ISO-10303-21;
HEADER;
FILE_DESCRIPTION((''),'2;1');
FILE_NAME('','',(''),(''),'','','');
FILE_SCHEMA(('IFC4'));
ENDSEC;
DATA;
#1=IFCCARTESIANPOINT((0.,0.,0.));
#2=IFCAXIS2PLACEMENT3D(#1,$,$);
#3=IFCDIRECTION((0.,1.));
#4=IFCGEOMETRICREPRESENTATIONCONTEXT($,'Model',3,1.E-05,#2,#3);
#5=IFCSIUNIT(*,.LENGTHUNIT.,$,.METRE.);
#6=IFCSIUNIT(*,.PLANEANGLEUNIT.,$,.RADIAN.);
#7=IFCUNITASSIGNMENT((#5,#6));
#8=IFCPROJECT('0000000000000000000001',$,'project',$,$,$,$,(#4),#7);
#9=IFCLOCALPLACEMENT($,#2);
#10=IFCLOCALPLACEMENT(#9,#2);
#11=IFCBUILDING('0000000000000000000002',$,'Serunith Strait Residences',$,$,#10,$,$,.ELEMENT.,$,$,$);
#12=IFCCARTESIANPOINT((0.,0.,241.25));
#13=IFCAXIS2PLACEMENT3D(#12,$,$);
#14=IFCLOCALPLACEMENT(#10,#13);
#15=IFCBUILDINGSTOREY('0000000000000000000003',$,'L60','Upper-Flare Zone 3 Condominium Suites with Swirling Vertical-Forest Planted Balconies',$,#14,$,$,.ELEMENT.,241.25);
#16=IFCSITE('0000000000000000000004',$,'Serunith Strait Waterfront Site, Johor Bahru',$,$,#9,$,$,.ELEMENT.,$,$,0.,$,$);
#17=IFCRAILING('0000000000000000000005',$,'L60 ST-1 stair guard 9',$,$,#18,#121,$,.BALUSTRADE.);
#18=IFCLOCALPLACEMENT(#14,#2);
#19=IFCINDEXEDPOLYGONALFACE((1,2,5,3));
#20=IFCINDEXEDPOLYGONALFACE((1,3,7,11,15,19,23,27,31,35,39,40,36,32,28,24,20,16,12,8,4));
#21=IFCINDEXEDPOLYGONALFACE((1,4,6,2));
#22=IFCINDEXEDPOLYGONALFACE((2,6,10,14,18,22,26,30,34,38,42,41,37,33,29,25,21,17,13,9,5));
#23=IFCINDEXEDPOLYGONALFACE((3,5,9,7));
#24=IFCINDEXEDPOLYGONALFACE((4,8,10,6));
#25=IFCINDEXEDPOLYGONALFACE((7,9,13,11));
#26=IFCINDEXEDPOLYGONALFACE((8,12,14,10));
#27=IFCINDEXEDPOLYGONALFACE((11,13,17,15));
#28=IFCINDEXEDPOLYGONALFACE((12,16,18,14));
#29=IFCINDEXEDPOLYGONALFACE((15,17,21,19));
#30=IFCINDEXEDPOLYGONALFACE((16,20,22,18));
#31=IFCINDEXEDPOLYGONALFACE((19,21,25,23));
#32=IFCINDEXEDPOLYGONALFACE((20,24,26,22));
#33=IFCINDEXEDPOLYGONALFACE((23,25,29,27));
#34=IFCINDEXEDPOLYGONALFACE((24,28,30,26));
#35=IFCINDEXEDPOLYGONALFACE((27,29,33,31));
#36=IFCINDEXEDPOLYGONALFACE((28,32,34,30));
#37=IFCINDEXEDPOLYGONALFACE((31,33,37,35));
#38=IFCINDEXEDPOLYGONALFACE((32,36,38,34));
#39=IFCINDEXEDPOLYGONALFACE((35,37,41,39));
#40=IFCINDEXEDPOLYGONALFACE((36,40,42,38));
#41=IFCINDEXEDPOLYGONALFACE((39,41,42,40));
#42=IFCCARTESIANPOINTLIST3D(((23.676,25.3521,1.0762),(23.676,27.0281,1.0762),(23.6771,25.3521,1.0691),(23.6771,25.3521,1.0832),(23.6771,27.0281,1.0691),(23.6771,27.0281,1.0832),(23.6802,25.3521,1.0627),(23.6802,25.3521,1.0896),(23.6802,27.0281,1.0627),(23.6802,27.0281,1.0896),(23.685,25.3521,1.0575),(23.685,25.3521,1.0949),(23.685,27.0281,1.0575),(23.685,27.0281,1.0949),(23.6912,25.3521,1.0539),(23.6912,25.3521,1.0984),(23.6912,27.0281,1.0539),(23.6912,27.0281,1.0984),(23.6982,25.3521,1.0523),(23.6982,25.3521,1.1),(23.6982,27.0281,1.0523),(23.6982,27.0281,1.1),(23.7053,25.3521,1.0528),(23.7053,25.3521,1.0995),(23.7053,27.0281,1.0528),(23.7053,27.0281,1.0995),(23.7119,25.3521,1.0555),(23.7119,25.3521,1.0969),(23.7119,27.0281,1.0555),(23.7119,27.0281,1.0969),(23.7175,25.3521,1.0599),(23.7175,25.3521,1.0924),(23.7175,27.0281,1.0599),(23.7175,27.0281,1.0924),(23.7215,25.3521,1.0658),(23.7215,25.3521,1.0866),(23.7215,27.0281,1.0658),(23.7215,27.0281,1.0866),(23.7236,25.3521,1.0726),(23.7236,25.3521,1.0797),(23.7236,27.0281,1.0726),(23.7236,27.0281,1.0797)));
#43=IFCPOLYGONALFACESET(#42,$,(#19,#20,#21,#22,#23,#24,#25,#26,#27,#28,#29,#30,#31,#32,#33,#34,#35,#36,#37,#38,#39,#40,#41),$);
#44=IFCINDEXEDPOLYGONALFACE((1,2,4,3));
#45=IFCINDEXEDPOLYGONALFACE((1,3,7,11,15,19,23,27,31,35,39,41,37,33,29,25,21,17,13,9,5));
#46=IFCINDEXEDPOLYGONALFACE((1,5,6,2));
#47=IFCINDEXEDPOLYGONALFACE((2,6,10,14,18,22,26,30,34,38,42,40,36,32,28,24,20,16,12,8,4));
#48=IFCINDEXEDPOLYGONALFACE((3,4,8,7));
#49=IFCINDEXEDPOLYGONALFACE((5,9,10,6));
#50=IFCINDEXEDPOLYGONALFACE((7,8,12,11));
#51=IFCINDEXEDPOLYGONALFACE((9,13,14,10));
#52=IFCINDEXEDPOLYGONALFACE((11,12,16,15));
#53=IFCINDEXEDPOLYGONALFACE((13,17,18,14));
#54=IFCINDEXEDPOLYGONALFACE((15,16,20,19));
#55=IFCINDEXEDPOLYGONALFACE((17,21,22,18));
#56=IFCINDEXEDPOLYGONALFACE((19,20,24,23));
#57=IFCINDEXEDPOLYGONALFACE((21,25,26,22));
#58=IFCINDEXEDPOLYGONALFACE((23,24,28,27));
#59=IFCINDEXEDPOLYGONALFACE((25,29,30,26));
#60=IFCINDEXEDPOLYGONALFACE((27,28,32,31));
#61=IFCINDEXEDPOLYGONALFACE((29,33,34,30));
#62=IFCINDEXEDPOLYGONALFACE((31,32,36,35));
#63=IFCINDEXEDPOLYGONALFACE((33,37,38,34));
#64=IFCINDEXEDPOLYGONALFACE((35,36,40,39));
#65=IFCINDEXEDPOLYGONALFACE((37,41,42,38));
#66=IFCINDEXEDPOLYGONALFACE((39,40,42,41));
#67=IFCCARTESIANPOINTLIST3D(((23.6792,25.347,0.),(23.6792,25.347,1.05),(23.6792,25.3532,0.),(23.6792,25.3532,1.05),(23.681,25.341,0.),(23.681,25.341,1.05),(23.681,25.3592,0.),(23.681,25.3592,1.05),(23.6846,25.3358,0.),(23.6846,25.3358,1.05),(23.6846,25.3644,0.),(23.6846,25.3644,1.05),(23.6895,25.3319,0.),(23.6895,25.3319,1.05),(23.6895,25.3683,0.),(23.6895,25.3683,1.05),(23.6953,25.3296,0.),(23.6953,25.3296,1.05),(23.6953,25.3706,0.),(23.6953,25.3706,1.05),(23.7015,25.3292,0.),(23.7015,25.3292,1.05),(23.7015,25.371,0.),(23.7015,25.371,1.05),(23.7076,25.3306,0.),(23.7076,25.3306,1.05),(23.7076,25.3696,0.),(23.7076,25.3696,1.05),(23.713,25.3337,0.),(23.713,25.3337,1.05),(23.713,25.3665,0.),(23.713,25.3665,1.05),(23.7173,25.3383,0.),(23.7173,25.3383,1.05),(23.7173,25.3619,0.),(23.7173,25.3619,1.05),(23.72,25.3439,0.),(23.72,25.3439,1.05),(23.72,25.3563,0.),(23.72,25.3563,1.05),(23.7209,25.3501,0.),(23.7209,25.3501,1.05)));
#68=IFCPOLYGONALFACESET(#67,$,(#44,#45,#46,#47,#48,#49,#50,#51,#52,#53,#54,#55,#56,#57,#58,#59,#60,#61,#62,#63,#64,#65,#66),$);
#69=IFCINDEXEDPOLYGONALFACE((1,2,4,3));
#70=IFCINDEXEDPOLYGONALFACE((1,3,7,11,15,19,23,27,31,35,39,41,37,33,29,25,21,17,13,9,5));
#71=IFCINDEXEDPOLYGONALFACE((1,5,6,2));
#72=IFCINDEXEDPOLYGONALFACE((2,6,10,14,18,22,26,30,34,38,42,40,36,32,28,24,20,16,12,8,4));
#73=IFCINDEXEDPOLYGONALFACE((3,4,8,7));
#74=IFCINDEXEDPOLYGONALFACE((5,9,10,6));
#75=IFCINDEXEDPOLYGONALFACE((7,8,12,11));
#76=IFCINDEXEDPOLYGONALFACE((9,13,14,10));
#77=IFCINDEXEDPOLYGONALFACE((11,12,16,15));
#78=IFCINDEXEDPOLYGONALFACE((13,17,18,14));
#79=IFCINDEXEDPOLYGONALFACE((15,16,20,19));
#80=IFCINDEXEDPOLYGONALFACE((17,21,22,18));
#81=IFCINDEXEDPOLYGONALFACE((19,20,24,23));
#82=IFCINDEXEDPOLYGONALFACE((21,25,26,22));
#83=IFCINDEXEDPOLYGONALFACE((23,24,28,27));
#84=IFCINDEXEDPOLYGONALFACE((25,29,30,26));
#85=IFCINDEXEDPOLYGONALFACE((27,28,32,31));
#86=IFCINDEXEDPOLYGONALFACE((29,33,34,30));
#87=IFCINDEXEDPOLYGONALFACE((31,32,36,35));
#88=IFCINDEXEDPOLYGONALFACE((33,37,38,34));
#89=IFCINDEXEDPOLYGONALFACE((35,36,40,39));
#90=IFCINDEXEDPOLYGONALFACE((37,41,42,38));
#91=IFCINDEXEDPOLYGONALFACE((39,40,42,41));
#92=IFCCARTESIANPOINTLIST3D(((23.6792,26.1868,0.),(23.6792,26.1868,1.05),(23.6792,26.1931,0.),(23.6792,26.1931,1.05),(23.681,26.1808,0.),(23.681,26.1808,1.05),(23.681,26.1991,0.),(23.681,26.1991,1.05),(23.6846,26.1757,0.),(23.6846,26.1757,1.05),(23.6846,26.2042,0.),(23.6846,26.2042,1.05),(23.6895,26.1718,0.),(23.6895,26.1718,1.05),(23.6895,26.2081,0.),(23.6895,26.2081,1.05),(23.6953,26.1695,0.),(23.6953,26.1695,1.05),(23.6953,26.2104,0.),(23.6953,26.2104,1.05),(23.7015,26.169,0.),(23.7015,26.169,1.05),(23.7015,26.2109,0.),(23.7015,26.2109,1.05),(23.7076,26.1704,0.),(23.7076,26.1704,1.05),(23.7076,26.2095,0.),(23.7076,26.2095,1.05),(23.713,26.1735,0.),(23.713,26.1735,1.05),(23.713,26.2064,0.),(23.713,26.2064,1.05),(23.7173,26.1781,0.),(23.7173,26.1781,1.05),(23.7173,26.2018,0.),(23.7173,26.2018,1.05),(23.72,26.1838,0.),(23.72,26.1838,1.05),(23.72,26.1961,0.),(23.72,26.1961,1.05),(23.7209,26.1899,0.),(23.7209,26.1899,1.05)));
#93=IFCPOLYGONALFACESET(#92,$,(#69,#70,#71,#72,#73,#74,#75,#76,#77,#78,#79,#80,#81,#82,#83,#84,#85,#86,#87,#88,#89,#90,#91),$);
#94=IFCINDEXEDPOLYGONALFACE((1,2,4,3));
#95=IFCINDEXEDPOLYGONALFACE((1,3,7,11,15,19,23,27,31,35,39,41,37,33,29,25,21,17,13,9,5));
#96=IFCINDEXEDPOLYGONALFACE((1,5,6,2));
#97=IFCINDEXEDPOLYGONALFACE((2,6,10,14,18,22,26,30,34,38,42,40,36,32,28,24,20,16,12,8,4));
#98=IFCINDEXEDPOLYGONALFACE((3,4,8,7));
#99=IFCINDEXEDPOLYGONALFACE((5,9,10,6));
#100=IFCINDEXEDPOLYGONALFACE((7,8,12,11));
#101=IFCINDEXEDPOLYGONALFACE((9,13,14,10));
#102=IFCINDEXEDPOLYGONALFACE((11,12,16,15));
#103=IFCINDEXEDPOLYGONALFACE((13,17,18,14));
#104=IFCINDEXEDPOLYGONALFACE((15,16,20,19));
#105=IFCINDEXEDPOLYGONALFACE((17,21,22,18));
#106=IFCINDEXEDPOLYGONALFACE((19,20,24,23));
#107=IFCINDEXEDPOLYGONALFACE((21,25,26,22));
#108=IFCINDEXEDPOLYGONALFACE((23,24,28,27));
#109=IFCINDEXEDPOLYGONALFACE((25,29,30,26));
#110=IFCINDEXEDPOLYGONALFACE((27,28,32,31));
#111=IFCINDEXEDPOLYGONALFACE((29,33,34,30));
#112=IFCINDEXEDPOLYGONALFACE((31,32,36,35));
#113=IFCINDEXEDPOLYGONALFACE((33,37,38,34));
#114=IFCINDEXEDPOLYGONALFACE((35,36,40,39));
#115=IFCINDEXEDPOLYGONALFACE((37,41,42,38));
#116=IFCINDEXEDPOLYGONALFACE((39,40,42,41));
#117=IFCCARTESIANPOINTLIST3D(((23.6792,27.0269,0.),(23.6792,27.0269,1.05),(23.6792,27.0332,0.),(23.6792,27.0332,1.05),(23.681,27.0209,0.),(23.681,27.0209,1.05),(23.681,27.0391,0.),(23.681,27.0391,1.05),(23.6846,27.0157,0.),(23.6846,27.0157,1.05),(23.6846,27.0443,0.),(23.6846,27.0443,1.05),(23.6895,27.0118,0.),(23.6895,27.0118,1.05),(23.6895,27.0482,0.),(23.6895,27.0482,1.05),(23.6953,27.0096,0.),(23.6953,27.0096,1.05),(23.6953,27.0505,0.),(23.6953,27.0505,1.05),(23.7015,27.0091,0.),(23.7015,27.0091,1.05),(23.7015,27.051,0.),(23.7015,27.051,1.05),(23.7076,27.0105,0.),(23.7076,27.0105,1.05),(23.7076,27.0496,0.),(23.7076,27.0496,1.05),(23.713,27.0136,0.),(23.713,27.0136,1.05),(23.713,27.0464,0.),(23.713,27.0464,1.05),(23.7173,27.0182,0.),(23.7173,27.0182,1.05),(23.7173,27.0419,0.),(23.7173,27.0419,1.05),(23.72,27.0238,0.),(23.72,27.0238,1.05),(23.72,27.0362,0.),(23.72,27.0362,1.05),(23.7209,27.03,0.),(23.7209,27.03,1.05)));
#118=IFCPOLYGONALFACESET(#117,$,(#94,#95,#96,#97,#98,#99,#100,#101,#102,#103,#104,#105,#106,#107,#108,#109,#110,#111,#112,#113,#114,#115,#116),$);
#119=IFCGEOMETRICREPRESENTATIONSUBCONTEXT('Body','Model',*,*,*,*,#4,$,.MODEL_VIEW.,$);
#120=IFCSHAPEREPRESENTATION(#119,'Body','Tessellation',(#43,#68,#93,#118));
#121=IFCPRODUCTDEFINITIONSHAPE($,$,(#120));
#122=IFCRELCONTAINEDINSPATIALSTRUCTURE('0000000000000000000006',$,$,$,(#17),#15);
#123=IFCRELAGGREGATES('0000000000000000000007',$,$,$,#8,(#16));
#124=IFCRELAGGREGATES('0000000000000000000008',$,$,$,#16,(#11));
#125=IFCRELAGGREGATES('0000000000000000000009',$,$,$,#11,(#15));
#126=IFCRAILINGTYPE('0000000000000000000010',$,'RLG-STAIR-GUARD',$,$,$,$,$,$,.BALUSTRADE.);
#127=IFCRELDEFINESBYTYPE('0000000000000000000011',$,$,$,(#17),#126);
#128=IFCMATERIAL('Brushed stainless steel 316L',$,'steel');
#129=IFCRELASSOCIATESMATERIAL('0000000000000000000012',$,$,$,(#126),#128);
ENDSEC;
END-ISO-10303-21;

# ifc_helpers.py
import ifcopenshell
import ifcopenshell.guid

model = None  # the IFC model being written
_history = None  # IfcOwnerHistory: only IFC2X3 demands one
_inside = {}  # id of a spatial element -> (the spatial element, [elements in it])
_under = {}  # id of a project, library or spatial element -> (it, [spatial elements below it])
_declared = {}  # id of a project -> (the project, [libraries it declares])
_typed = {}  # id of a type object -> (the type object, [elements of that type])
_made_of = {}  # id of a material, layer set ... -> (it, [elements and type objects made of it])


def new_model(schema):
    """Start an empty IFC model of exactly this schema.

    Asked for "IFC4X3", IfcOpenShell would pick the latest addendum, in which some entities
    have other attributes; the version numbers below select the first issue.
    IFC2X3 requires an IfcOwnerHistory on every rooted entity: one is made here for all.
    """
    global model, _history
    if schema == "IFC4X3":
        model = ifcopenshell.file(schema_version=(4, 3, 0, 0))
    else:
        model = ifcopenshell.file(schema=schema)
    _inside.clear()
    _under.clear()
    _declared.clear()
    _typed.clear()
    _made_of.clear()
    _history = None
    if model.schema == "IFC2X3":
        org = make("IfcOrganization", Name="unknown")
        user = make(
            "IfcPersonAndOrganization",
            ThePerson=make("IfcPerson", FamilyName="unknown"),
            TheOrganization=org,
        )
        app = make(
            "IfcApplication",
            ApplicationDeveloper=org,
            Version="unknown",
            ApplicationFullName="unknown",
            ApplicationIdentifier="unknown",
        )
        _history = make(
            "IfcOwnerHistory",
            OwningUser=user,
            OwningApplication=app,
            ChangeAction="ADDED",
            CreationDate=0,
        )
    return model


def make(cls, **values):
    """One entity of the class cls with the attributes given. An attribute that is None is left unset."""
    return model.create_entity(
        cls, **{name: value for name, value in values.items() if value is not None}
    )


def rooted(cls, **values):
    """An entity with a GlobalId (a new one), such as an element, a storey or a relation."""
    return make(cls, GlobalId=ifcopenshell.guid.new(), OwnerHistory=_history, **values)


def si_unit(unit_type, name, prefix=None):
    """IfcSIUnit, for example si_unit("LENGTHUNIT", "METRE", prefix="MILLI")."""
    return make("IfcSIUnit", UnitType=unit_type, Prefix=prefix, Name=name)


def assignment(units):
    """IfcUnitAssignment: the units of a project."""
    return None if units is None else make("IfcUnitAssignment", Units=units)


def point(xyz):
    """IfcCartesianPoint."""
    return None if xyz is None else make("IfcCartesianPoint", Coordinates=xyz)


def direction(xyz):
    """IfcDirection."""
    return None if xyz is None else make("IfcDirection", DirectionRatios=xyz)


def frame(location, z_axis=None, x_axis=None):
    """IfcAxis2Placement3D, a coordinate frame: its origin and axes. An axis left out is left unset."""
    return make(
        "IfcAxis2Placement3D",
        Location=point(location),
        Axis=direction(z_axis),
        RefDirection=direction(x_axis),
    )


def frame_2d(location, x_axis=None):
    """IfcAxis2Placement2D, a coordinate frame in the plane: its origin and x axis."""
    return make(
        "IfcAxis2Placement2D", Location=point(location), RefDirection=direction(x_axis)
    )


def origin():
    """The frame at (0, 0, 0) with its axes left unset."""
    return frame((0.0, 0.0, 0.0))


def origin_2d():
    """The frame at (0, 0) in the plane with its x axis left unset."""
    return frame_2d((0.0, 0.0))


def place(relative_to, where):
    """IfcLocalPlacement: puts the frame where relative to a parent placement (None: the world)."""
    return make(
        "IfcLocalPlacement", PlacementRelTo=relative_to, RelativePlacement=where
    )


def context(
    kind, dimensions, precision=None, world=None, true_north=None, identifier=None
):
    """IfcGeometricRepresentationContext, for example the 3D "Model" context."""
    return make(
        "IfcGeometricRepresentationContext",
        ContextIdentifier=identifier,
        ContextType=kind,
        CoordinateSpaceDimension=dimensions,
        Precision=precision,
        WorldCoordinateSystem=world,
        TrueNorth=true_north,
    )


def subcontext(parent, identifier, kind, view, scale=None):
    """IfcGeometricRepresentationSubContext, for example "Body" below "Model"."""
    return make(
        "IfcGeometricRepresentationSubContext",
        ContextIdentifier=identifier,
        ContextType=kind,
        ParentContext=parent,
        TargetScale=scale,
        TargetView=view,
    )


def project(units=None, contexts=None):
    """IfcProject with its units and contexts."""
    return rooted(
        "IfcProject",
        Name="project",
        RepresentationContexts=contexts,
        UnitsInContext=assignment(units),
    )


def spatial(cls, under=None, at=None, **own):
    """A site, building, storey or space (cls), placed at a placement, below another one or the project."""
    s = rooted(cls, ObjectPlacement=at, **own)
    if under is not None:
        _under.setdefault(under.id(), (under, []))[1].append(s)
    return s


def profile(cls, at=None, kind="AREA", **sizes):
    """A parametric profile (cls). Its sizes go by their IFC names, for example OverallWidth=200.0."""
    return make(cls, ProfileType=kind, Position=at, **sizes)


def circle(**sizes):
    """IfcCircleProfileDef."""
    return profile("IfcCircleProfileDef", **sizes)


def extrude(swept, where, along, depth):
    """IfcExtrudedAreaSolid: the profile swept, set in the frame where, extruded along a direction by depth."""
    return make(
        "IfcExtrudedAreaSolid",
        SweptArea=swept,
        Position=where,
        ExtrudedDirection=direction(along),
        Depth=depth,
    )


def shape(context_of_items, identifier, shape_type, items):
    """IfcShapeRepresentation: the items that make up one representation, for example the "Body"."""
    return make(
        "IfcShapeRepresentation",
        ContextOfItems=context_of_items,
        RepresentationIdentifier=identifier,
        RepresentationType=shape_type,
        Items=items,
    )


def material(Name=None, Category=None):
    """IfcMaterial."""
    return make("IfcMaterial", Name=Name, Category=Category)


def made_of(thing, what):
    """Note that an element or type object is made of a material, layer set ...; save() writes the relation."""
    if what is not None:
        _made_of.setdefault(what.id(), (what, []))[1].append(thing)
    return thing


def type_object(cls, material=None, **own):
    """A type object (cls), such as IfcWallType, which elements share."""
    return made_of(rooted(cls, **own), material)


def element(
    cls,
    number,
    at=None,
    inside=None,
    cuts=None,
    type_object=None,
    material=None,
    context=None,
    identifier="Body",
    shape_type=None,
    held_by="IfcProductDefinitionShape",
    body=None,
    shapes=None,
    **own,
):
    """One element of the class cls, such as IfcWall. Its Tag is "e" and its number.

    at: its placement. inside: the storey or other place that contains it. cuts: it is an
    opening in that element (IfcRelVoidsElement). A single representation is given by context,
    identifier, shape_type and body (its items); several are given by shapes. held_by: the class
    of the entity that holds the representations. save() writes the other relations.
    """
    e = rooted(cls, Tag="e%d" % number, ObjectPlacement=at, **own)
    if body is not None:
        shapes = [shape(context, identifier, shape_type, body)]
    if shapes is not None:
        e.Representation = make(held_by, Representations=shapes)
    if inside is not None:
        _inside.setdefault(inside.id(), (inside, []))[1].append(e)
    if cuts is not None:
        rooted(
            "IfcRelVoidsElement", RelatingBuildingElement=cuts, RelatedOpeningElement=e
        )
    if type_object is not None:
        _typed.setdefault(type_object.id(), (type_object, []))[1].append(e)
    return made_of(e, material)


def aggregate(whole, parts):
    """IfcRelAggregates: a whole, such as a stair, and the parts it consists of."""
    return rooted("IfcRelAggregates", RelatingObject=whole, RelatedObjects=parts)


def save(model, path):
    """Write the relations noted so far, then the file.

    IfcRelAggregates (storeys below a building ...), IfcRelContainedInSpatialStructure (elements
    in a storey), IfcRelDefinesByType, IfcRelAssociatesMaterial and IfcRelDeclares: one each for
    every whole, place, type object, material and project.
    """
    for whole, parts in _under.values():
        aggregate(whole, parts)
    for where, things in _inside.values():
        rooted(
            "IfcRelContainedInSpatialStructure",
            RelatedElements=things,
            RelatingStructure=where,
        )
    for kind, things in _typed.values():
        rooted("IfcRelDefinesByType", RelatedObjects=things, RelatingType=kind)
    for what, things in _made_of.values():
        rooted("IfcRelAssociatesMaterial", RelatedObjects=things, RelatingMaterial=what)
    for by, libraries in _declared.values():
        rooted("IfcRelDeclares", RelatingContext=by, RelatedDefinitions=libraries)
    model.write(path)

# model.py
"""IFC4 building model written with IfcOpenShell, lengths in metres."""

from ifc_helpers import new_model, si_unit, direction, frame, origin, origin_2d, place, context, subcontext, project, spatial, circle, extrude, material, type_object, element, save


model = new_model("IFC4")

# Units and contexts
model_context = context("Model", 3, precision=1e-05, world=origin(), true_north=direction((0.0, 1.0)))
body_context = subcontext(model_context, "Body", "Model", "MODEL_VIEW")
ifc_project = project(units=[si_unit("LENGTHUNIT", "METRE"), si_unit("PLANEANGLEUNIT", "RADIAN")], contexts=[model_context])

# Site, building, storey
site_placement = place(None, origin())
site = spatial("IfcSite", under=ifc_project, at=site_placement, Name="Serunith Strait Waterfront Site, Johor Bahru", CompositionType="ELEMENT", RefElevation=0.0)
building_placement = place(site_placement, origin())
building = spatial("IfcBuilding", under=site, at=building_placement, Name="Serunith Strait Residences", CompositionType="ELEMENT")
storey_placement = place(building_placement, frame((0.0, 0.0, 241.25)))
storey = spatial("IfcBuildingStorey", under=building, at=storey_placement, Name="L60", Description="Upper-Flare Zone 3 Condominium Suites with Swirling Vertical-Forest Planted Balconies", CompositionType="ELEMENT", Elevation=241.25)

# Railing
ifc_material_1 = material(Name="Brushed stainless steel 316L", Category="steel")
railing_type_1 = type_object("IfcRailingType", Name="RLG-STAIR-GUARD", PredefinedType="BALUSTRADE", material=ifc_material_1)
for number, where, name in (
    (1, (23.7, 25.3501, 0.0), "L60 ST-1 stair guard 9"),
):
    element("IfcRailing", number, at=place(storey_placement, frame(where)), inside=storey, type_object=railing_type_1, Name=name, PredefinedType="BALUSTRADE", context=body_context, shape_type="SweptSolid", body=[
        extrude(circle(Radius=0.0239, at=origin_2d()), frame((0.0, 0.002, 1.0762), z_axis=(0.0, 1.0, 0.0), x_axis=(-1.0, 0.0, 0.0)), (0.0, 0.0, 1.0), 1.676),
        extrude(circle(Radius=0.021, at=origin_2d()), origin(), (0.0, 0.0, 1.0), 1.05),
        extrude(circle(Radius=0.021, at=origin_2d()), frame((0.0, 0.8398, 0.0)), (0.0, 0.0, 1.0), 1.05),
        extrude(circle(Radius=0.021, at=origin_2d()), frame((0.0, 1.6799, 0.0)), (0.0, 0.0, 1.0), 1.05),
    ])

save(model, "model.ifc")
